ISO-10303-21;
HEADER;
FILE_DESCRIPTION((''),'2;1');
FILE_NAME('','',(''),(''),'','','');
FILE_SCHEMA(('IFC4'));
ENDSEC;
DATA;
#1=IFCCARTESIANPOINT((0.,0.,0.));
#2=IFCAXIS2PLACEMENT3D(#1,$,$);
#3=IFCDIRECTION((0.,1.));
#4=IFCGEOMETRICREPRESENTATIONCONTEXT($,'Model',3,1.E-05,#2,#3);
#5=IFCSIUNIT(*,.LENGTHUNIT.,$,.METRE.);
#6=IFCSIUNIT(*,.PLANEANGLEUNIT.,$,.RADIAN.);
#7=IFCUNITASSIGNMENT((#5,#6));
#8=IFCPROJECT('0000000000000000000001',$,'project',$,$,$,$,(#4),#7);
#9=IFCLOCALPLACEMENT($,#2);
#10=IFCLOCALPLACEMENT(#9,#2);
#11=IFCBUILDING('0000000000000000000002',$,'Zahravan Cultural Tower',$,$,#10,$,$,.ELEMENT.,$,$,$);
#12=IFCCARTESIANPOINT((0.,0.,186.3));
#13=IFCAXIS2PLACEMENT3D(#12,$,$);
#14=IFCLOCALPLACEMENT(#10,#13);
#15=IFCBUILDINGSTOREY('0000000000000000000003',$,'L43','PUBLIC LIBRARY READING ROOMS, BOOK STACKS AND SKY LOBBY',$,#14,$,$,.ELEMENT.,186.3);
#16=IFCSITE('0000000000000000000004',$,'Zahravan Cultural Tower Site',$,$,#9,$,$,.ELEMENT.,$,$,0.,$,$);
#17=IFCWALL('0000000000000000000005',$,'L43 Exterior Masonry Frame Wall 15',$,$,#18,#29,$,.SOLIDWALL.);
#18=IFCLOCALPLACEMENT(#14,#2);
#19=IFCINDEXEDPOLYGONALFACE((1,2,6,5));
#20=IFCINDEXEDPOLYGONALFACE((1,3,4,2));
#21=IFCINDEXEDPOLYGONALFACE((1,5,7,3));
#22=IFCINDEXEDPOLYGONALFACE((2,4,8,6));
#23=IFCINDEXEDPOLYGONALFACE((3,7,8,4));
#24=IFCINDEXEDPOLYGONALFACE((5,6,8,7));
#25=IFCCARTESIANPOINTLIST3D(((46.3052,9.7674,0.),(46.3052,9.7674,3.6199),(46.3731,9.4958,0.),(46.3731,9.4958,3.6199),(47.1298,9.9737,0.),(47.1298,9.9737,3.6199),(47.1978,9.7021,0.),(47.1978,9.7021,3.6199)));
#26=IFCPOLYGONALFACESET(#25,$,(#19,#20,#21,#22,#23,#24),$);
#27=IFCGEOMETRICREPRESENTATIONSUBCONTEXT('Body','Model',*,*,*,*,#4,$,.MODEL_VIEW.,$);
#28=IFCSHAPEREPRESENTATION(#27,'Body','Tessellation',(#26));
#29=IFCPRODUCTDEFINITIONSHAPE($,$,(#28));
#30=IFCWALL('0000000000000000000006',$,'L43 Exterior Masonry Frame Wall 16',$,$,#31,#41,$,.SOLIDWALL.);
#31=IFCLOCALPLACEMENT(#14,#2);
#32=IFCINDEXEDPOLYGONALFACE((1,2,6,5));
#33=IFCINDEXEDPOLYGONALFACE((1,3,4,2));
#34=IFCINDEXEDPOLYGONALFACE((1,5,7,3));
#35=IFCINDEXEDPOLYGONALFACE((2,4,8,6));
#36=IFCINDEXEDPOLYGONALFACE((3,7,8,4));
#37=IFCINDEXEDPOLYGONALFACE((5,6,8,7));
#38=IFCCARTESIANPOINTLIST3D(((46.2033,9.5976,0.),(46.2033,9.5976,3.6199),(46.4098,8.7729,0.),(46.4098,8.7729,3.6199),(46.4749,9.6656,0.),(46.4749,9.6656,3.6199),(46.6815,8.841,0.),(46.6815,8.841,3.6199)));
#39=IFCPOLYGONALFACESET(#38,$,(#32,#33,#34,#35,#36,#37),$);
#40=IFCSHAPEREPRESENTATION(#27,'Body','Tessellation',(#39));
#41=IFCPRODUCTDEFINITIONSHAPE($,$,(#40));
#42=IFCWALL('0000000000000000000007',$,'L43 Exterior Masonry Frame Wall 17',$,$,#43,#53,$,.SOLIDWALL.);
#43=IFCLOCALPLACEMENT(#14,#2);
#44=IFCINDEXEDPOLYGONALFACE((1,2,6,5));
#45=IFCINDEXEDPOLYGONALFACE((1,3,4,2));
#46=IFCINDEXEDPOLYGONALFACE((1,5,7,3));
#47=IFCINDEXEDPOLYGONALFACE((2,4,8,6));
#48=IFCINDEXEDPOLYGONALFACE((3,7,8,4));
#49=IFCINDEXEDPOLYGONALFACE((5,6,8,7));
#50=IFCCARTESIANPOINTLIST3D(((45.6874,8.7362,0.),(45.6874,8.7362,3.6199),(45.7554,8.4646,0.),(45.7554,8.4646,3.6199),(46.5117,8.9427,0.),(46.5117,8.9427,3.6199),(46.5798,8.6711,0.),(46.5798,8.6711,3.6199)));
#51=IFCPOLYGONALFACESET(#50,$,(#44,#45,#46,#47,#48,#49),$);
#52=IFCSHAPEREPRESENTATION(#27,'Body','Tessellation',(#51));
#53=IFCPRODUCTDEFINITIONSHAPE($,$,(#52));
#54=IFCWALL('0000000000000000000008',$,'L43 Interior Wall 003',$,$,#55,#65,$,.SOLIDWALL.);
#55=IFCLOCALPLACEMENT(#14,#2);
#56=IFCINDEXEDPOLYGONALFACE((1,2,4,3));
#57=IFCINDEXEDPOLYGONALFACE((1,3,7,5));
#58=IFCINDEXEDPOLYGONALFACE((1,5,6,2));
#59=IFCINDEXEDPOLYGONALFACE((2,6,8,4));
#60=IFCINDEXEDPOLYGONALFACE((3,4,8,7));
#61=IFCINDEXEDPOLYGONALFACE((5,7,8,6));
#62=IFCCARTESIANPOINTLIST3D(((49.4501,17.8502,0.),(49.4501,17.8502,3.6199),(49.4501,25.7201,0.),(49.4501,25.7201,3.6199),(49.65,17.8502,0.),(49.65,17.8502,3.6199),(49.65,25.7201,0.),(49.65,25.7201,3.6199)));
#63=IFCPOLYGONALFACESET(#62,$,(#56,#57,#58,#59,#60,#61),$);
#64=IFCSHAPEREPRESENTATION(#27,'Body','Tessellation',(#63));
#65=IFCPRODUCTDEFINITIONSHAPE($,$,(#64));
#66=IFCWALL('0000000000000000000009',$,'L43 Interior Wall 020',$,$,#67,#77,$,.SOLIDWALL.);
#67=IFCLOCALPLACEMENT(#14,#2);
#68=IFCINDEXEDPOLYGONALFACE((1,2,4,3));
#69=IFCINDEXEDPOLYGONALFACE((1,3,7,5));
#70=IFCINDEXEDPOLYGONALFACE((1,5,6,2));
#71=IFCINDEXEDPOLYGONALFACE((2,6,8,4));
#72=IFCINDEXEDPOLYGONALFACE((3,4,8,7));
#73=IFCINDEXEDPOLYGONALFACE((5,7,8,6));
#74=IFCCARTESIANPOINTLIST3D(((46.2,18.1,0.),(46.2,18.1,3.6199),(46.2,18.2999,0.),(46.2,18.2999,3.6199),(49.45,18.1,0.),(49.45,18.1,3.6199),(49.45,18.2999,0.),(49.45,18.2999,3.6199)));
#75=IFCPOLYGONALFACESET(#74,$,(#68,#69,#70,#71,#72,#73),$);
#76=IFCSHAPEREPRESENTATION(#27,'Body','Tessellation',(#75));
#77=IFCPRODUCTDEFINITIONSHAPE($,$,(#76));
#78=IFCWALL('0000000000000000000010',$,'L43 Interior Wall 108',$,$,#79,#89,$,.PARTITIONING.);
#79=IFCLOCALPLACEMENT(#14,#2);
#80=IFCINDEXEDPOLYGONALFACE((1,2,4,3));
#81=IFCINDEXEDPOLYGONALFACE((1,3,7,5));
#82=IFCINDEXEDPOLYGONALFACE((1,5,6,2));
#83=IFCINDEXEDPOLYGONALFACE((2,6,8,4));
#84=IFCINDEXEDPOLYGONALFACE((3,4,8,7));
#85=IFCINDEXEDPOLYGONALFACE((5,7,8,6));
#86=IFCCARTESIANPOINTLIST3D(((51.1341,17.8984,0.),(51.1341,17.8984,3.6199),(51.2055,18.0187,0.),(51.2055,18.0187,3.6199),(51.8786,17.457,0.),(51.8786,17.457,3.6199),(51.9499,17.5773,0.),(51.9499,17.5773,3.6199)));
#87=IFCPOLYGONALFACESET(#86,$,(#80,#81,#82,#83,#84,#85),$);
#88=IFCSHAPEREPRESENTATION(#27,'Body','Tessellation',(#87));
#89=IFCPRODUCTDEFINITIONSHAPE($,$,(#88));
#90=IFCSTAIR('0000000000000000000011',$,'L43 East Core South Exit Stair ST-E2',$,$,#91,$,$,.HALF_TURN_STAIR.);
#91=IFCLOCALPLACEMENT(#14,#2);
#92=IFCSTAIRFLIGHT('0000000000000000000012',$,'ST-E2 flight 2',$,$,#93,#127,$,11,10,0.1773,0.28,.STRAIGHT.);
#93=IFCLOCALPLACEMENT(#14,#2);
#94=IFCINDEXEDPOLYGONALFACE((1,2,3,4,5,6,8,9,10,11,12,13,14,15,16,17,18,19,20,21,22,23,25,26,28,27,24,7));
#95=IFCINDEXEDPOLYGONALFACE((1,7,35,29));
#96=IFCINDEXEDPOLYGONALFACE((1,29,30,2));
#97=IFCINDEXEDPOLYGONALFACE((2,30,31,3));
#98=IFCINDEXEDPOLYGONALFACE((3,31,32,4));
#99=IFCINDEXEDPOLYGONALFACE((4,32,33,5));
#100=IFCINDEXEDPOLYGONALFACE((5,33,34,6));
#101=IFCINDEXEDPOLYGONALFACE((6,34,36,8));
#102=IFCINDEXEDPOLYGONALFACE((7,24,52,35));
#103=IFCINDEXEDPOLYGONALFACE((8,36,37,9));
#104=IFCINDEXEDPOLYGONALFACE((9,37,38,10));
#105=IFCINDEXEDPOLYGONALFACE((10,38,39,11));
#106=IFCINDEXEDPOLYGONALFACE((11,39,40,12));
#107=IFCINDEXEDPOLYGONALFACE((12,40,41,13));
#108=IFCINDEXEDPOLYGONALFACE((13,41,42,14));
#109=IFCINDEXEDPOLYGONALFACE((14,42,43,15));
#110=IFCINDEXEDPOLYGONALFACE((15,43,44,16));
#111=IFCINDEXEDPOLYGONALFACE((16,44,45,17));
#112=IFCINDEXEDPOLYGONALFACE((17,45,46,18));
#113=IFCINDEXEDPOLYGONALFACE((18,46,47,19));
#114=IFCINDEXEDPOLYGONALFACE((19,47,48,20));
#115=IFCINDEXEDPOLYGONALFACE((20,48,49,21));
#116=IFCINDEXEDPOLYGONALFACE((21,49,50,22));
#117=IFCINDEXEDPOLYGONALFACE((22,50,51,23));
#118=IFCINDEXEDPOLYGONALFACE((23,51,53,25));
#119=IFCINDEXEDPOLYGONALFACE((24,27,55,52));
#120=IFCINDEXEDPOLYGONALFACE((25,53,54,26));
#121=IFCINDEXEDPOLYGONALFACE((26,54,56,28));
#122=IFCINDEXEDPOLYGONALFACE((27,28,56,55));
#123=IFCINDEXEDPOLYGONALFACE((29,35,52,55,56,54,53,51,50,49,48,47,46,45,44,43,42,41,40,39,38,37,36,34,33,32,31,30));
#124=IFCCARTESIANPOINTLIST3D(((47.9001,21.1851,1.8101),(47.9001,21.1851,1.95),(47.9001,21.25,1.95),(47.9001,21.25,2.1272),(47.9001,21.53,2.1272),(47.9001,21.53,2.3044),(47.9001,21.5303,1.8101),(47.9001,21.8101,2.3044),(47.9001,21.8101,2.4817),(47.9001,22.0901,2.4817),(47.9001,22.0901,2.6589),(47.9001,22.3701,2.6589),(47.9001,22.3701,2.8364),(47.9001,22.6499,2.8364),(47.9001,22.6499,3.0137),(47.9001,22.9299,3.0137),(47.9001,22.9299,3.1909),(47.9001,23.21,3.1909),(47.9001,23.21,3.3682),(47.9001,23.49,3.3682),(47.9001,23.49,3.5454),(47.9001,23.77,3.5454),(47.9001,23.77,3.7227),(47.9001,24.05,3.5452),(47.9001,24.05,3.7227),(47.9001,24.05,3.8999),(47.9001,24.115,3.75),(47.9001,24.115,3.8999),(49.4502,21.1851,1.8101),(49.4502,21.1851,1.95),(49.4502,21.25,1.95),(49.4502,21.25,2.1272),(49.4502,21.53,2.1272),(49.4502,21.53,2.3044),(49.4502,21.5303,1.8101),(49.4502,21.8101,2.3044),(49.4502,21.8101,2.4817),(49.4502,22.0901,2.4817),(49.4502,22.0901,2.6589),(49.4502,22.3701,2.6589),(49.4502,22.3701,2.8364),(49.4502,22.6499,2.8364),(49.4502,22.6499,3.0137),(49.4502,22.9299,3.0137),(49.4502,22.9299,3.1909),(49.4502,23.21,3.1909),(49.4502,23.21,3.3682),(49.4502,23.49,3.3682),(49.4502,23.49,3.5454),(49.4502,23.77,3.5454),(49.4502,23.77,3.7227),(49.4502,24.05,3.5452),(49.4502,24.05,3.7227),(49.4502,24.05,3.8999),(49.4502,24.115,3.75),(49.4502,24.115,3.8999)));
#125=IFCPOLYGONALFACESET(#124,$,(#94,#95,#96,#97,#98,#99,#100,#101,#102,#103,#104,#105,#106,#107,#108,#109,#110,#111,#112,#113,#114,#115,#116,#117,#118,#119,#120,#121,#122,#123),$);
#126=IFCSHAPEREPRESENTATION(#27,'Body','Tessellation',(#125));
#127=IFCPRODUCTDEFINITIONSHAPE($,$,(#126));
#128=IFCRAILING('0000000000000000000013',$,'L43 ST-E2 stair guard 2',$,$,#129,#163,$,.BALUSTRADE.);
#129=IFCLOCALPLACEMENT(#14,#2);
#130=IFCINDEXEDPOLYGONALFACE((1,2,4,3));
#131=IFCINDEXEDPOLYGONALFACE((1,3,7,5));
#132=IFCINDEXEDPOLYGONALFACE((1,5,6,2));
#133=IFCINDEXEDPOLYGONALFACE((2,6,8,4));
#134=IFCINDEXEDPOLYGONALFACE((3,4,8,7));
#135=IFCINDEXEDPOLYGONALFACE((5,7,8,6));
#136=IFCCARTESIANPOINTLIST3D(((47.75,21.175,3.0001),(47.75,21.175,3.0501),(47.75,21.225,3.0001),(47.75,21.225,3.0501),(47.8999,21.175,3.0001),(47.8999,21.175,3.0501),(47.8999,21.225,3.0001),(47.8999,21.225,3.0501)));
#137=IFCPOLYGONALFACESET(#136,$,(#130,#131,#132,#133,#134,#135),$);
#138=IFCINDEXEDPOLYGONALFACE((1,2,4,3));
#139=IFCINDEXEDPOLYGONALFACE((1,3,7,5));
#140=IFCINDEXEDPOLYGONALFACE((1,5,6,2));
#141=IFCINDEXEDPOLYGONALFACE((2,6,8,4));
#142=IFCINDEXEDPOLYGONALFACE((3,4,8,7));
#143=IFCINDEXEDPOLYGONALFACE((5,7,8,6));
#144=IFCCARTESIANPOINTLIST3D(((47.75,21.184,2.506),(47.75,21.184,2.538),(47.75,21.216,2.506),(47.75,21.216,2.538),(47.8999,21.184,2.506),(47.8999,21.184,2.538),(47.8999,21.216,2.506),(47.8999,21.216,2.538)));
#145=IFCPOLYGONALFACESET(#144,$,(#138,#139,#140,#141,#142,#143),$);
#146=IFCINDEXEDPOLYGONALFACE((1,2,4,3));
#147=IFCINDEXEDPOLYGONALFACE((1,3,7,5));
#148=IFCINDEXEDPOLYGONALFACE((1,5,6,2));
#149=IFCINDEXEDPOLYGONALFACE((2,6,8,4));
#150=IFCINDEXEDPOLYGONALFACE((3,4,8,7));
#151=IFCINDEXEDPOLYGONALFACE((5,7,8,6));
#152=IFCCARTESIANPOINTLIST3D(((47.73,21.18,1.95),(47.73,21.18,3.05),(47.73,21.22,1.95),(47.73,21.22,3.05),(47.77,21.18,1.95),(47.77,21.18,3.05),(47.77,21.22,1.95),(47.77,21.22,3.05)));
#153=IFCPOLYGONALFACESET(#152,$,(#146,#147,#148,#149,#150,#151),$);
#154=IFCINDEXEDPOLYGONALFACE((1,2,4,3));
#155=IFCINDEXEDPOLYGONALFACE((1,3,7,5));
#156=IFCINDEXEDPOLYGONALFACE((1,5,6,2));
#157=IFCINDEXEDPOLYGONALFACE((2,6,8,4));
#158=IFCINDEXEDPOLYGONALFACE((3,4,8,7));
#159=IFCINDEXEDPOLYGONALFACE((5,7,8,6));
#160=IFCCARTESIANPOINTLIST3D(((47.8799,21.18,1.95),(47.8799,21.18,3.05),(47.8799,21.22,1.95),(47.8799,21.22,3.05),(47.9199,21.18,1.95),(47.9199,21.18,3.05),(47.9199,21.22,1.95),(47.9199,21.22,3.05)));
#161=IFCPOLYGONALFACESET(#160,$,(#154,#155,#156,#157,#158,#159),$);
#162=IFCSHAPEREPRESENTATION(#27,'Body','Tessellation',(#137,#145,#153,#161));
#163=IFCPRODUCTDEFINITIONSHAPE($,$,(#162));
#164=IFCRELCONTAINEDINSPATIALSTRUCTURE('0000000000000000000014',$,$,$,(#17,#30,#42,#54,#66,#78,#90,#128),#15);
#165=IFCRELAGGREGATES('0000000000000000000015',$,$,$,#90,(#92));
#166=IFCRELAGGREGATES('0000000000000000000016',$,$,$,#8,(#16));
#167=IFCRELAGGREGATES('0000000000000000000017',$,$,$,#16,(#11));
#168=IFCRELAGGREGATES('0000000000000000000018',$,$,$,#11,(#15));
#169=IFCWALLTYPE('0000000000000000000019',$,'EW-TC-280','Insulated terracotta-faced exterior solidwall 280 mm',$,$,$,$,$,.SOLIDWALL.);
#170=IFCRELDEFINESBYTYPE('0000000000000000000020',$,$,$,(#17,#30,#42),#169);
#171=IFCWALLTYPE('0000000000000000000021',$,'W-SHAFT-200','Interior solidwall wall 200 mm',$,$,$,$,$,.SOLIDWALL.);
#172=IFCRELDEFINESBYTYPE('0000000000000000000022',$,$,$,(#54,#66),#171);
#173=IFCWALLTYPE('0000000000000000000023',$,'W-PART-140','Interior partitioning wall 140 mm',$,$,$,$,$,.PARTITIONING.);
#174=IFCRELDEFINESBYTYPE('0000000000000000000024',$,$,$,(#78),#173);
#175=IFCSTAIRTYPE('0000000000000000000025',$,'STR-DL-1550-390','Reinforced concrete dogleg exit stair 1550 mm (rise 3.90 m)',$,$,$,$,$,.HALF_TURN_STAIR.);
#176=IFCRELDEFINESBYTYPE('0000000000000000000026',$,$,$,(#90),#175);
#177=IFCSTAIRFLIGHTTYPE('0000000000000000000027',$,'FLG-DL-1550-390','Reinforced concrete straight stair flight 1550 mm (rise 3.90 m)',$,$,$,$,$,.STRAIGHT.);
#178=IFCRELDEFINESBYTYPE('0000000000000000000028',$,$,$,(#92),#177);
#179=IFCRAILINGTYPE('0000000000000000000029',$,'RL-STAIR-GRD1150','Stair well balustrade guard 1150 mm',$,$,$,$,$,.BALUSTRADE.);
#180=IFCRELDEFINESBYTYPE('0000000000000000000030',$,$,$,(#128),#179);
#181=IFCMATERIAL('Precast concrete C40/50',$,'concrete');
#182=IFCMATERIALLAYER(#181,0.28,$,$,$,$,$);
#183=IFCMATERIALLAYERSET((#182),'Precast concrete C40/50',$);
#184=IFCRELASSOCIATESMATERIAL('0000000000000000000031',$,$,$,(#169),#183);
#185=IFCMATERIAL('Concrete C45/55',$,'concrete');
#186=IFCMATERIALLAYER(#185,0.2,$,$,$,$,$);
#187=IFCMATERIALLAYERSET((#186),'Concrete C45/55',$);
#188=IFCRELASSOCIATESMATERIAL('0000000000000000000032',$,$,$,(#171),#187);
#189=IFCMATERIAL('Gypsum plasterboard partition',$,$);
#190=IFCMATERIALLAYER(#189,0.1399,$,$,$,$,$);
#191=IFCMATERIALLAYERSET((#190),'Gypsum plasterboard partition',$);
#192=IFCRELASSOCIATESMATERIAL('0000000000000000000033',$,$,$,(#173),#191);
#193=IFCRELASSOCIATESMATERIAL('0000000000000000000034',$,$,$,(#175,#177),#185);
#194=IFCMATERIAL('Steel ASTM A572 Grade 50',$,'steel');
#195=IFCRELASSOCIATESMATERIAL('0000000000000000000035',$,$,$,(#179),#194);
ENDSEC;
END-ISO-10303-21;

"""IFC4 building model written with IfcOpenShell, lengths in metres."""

from ifc_helpers import new_model, si_unit, direction, frame, frame_2d, origin, origin_2d, place, context, subcontext, project, spatial, polyline, rectangle, outline, extrude, source, transform, mapped, material, layer, layer_set, type_object, element, aggregate, save


model = new_model("IFC4")

# Units and contexts
model_context = context("Model", 3, precision=1e-05, world=origin(), true_north=direction((0.0, 1.0)))
body_context = subcontext(model_context, "Body", "Model", "MODEL_VIEW")
ifc_project = project(units=[si_unit("LENGTHUNIT", "METRE"), si_unit("PLANEANGLEUNIT", "RADIAN")], contexts=[model_context])

# Site, building, storey
site_placement = place(None, origin())
site = spatial("IfcSite", under=ifc_project, at=site_placement, Name="Zahravan Cultural Tower Site", CompositionType="ELEMENT", RefElevation=0.0)
building_placement = place(site_placement, origin())
building = spatial("IfcBuilding", under=site, at=building_placement, Name="Zahravan Cultural Tower", CompositionType="ELEMENT")
storey_placement = place(building_placement, frame((0.0, 0.0, 186.3)))
storey = spatial("IfcBuildingStorey", under=building, at=storey_placement, Name="L43", Description="PUBLIC LIBRARY READING ROOMS, BOOK STACKS AND SKY LOBBY", CompositionType="ELEMENT", Elevation=186.3)

# Shared definitions
ifc_material_1 = material(Name="Precast concrete C40/50", Category="concrete")
ifc_layer_1 = layer(ifc_material_1, 0.28)
ifc_layer_set_1 = layer_set([ifc_layer_1], Name="Precast concrete C40/50")
wall_type_1 = type_object("IfcWallType", Name="EW-TC-280", Description="Insulated terracotta-faced exterior solidwall 280 mm", PredefinedType="SOLIDWALL", material=ifc_layer_set_1)

# Shared definitions
ifc_material_2 = material(Name="Concrete C45/55", Category="concrete")
ifc_layer_2 = layer(ifc_material_2, 0.2)
ifc_layer_set_2 = layer_set([ifc_layer_2], Name="Concrete C45/55")
wall_type_2 = type_object("IfcWallType", Name="W-SHAFT-200", Description="Interior solidwall wall 200 mm", PredefinedType="SOLIDWALL", material=ifc_layer_set_2)
ifc_material_3 = material(Name="Steel ASTM A572 Grade 50", Category="steel")

# Walls
shared_shape_1 = source(origin(), body_context, "Body", "SweptSolid", [
    extrude(rectangle(XDim=0.8501, YDim=0.28, at=frame_2d((0.425, 0.0))), origin(), (0.0, 0.0, 1.0), 3.6199),
])
for number, where, z_axis, x_axis, name in (
    (1, (47.1638, 9.8379, 0.0), (0.0, 0.0, 1.0), (-0.970109, -0.242671, 0.0), "L43 Exterior Masonry Frame Wall 15"),
    (2, (46.3391, 9.6316, 0.0), (0.0, 0.0, 1.0), (0.242941, -0.970041, 0.0), "L43 Exterior Masonry Frame Wall 16"),
):
    element("IfcWall", number, at=place(storey_placement, frame(where, z_axis=z_axis, x_axis=x_axis)), inside=storey, type_object=wall_type_1, Name=name, PredefinedType="SOLIDWALL", context=body_context, shape_type="MappedRepresentation", body=[
        mapped(shared_shape_1, transform((0.0, 0.0, 0.0), x_axis=(1.0, 0.0, 0.0), y_axis=(0.0, 1.0, 0.0), z_axis=(0.0, 0.0, 1.0), scale=1.0)),
    ])
shared_shape_2 = source(origin(), body_context, "Body", "SweptSolid", [
    extrude(rectangle(XDim=0.8499, YDim=0.28, at=frame_2d((0.4248, 0.0))), origin(), (0.0, 0.0, 1.0), 3.6199),
])
wall_1_placement = place(storey_placement, frame((46.5457, 8.8069, 0.0), z_axis=(0.0, 0.0, 1.0), x_axis=(-0.970024, -0.243009, 0.0)))
element("IfcWall", 3, at=wall_1_placement, inside=storey, type_object=wall_type_1, Name="L43 Exterior Masonry Frame Wall 17", PredefinedType="SOLIDWALL", context=body_context, shape_type="MappedRepresentation", body=[
    mapped(shared_shape_2, transform((0.0, 0.0, 0.0), x_axis=(1.0, 0.0, 0.0), y_axis=(0.0, 1.0, 0.0), z_axis=(0.0, 0.0, 1.0), scale=1.0)),
])
shared_shape_3 = source(origin(), body_context, "Body", "SweptSolid", [
    extrude(rectangle(XDim=7.8699, YDim=0.2, at=frame_2d((3.9351, 0.0))), origin(), (0.0, 0.0, 1.0), 3.6199),
])
wall_2_placement = place(storey_placement, frame((49.55, 17.8501, 0.0), z_axis=(0.0, 0.0, 1.0), x_axis=(0.0, 1.0, 0.0)))
element("IfcWall", 4, at=wall_2_placement, inside=storey, type_object=wall_type_2, Name="L43 Interior Wall 003", PredefinedType="SOLIDWALL", context=body_context, shape_type="MappedRepresentation", body=[
    mapped(shared_shape_3, transform((0.0, 0.0, 0.0), x_axis=(1.0, 0.0, 0.0), y_axis=(0.0, 1.0, 0.0), z_axis=(0.0, 0.0, 1.0), scale=1.0)),
])
shared_shape_4 = source(origin(), body_context, "Body", "SweptSolid", [
    extrude(rectangle(XDim=3.25, YDim=0.2, at=frame_2d((1.625, 0.0))), origin(), (0.0, 0.0, 1.0), 3.6199),
])
wall_3_placement = place(storey_placement, frame((46.2, 18.2, 0.0), z_axis=(0.0, 0.0, 1.0), x_axis=(1.0, 0.0, 0.0)))
element("IfcWall", 5, at=wall_3_placement, inside=storey, type_object=wall_type_2, Name="L43 Interior Wall 020", PredefinedType="SOLIDWALL", context=body_context, shape_type="MappedRepresentation", body=[
    mapped(shared_shape_4, transform((0.0, 0.0, 0.0), x_axis=(1.0, 0.0, 0.0), y_axis=(0.0, 1.0, 0.0), z_axis=(0.0, 0.0, 1.0), scale=1.0)),
])
ifc_material_4 = material(Name="Gypsum plasterboard partition")
ifc_layer_3 = layer(ifc_material_4, 0.1399)
ifc_layer_set_3 = layer_set([ifc_layer_3], Name="Gypsum plasterboard partition")
wall_type_3 = type_object("IfcWallType", Name="W-PART-140", Description="Interior partitioning wall 140 mm", PredefinedType="PARTITIONING", material=ifc_layer_set_3)
shared_shape_5 = source(origin(), body_context, "Body", "SweptSolid", [
    extrude(rectangle(XDim=0.8655, YDim=0.1399, at=frame_2d((0.4326, 0.0))), origin(), (0.0, 0.0, 1.0), 3.6199),
])
wall_4_placement = place(storey_placement, frame((51.1699, 17.9585, 0.0), z_axis=(0.0, 0.0, 1.0), x_axis=(0.860145, -0.51005, 0.0)))
element("IfcWall", 6, at=wall_4_placement, inside=storey, type_object=wall_type_3, Name="L43 Interior Wall 108", PredefinedType="PARTITIONING", context=body_context, shape_type="MappedRepresentation", body=[
    mapped(shared_shape_5, transform((0.0, 0.0, 0.0), x_axis=(1.0, 0.0, 0.0), y_axis=(0.0, 1.0, 0.0), z_axis=(0.0, 0.0, 1.0), scale=1.0)),
])

# Stair, stair flight
stair_type = type_object("IfcStairType", Name="STR-DL-1550-390", Description="Reinforced concrete dogleg exit stair 1550 mm (rise 3.90 m)", PredefinedType="HALF_TURN_STAIR", material=ifc_material_2)
stair_placement = place(storey_placement, origin())
stair = element("IfcStair", 7, at=stair_placement, inside=storey, type_object=stair_type, Name="L43 East Core South Exit Stair ST-E2", PredefinedType="HALF_TURN_STAIR")
stair_flight_type = type_object("IfcStairFlightType", Name="FLG-DL-1550-390", Description="Reinforced concrete straight stair flight 1550 mm (rise 3.90 m)", PredefinedType="STRAIGHT", material=ifc_material_2)
stair_flight_placement = place(storey_placement, frame((48.675, 21.25, 1.95), z_axis=(0.0, 0.0, 1.0), x_axis=(0.0, 1.0, 0.0)))
stair_flight = element("IfcStairFlight", 8, at=stair_flight_placement, type_object=stair_flight_type, Name="ST-E2 flight 2", NumberOfRisers=11, NumberOfTreads=10, PredefinedType="STRAIGHT", RiserHeight=0.1773, TreadLength=0.28, context=body_context, shape_type="SweptSolid", body=[
    extrude(outline(polyline([(-0.0649, -0.1399), (-0.0649, 0.0), (0.0, 0.0), (0.0, 0.1772), (0.28, 0.1772), (0.28, 0.3545), (0.5601, 0.3545), (0.5601, 0.5317), (0.8401, 0.5317), (0.8401, 0.709), (1.1201, 0.709), (1.1201, 0.8865), (1.3999, 0.8865), (1.3999, 1.0637), (1.6799, 1.0637), (1.6799, 1.241), (1.96, 1.241), (1.96, 1.4182), (2.24, 1.4182), (2.24, 1.5955), (2.52, 1.5955), (2.52, 1.7727), (2.8, 1.7727), (2.8, 1.95), (2.865, 1.95), (2.865, 1.8), (2.8, 1.5952), (0.2803, -0.1399), (-0.0649, -0.1399)])), frame((0.0, 0.7749, 0.0), z_axis=(0.0, -1.0, 0.0), x_axis=(1.0, 0.0, 0.0)), (0.0, 0.0, 1.0), 1.55),
])
aggregate(stair, [stair_flight])

# Railing
railing_type = type_object("IfcRailingType", Name="RL-STAIR-GRD1150", Description="Stair well balustrade guard 1150 mm", PredefinedType="BALUSTRADE", material=ifc_material_3)
railing_1_placement = place(storey_placement, frame((47.75, 21.2, 1.95)))
element("IfcRailing", 9, at=railing_1_placement, inside=storey, type_object=railing_type, Name="L43 ST-E2 stair guard 2", PredefinedType="BALUSTRADE", context=body_context, shape_type="SweptSolid", body=[
    extrude(rectangle(XDim=0.05, YDim=0.05, at=origin_2d()), frame((0.0, 0.0, 1.0752), z_axis=(1.0, 0.0, 0.0), x_axis=(0.0, 1.0, 0.0)), (0.0, 0.0, 1.0), 0.1499),
    extrude(rectangle(XDim=0.032, YDim=0.032, at=origin_2d()), frame((0.0, 0.0, 0.572), z_axis=(1.0, 0.0, 0.0), x_axis=(0.0, 1.0, 0.0)), (0.0, 0.0, 1.0), 0.1499),
    extrude(rectangle(XDim=0.04, YDim=0.04, at=origin_2d()), origin(), (0.0, 0.0, 1.0), 1.1001),
    extrude(rectangle(XDim=0.04, YDim=0.04, at=origin_2d()), frame((0.1499, 0.0, 0.0)), (0.0, 0.0, 1.0), 1.1001),
])

save(model, "model.ifc")
